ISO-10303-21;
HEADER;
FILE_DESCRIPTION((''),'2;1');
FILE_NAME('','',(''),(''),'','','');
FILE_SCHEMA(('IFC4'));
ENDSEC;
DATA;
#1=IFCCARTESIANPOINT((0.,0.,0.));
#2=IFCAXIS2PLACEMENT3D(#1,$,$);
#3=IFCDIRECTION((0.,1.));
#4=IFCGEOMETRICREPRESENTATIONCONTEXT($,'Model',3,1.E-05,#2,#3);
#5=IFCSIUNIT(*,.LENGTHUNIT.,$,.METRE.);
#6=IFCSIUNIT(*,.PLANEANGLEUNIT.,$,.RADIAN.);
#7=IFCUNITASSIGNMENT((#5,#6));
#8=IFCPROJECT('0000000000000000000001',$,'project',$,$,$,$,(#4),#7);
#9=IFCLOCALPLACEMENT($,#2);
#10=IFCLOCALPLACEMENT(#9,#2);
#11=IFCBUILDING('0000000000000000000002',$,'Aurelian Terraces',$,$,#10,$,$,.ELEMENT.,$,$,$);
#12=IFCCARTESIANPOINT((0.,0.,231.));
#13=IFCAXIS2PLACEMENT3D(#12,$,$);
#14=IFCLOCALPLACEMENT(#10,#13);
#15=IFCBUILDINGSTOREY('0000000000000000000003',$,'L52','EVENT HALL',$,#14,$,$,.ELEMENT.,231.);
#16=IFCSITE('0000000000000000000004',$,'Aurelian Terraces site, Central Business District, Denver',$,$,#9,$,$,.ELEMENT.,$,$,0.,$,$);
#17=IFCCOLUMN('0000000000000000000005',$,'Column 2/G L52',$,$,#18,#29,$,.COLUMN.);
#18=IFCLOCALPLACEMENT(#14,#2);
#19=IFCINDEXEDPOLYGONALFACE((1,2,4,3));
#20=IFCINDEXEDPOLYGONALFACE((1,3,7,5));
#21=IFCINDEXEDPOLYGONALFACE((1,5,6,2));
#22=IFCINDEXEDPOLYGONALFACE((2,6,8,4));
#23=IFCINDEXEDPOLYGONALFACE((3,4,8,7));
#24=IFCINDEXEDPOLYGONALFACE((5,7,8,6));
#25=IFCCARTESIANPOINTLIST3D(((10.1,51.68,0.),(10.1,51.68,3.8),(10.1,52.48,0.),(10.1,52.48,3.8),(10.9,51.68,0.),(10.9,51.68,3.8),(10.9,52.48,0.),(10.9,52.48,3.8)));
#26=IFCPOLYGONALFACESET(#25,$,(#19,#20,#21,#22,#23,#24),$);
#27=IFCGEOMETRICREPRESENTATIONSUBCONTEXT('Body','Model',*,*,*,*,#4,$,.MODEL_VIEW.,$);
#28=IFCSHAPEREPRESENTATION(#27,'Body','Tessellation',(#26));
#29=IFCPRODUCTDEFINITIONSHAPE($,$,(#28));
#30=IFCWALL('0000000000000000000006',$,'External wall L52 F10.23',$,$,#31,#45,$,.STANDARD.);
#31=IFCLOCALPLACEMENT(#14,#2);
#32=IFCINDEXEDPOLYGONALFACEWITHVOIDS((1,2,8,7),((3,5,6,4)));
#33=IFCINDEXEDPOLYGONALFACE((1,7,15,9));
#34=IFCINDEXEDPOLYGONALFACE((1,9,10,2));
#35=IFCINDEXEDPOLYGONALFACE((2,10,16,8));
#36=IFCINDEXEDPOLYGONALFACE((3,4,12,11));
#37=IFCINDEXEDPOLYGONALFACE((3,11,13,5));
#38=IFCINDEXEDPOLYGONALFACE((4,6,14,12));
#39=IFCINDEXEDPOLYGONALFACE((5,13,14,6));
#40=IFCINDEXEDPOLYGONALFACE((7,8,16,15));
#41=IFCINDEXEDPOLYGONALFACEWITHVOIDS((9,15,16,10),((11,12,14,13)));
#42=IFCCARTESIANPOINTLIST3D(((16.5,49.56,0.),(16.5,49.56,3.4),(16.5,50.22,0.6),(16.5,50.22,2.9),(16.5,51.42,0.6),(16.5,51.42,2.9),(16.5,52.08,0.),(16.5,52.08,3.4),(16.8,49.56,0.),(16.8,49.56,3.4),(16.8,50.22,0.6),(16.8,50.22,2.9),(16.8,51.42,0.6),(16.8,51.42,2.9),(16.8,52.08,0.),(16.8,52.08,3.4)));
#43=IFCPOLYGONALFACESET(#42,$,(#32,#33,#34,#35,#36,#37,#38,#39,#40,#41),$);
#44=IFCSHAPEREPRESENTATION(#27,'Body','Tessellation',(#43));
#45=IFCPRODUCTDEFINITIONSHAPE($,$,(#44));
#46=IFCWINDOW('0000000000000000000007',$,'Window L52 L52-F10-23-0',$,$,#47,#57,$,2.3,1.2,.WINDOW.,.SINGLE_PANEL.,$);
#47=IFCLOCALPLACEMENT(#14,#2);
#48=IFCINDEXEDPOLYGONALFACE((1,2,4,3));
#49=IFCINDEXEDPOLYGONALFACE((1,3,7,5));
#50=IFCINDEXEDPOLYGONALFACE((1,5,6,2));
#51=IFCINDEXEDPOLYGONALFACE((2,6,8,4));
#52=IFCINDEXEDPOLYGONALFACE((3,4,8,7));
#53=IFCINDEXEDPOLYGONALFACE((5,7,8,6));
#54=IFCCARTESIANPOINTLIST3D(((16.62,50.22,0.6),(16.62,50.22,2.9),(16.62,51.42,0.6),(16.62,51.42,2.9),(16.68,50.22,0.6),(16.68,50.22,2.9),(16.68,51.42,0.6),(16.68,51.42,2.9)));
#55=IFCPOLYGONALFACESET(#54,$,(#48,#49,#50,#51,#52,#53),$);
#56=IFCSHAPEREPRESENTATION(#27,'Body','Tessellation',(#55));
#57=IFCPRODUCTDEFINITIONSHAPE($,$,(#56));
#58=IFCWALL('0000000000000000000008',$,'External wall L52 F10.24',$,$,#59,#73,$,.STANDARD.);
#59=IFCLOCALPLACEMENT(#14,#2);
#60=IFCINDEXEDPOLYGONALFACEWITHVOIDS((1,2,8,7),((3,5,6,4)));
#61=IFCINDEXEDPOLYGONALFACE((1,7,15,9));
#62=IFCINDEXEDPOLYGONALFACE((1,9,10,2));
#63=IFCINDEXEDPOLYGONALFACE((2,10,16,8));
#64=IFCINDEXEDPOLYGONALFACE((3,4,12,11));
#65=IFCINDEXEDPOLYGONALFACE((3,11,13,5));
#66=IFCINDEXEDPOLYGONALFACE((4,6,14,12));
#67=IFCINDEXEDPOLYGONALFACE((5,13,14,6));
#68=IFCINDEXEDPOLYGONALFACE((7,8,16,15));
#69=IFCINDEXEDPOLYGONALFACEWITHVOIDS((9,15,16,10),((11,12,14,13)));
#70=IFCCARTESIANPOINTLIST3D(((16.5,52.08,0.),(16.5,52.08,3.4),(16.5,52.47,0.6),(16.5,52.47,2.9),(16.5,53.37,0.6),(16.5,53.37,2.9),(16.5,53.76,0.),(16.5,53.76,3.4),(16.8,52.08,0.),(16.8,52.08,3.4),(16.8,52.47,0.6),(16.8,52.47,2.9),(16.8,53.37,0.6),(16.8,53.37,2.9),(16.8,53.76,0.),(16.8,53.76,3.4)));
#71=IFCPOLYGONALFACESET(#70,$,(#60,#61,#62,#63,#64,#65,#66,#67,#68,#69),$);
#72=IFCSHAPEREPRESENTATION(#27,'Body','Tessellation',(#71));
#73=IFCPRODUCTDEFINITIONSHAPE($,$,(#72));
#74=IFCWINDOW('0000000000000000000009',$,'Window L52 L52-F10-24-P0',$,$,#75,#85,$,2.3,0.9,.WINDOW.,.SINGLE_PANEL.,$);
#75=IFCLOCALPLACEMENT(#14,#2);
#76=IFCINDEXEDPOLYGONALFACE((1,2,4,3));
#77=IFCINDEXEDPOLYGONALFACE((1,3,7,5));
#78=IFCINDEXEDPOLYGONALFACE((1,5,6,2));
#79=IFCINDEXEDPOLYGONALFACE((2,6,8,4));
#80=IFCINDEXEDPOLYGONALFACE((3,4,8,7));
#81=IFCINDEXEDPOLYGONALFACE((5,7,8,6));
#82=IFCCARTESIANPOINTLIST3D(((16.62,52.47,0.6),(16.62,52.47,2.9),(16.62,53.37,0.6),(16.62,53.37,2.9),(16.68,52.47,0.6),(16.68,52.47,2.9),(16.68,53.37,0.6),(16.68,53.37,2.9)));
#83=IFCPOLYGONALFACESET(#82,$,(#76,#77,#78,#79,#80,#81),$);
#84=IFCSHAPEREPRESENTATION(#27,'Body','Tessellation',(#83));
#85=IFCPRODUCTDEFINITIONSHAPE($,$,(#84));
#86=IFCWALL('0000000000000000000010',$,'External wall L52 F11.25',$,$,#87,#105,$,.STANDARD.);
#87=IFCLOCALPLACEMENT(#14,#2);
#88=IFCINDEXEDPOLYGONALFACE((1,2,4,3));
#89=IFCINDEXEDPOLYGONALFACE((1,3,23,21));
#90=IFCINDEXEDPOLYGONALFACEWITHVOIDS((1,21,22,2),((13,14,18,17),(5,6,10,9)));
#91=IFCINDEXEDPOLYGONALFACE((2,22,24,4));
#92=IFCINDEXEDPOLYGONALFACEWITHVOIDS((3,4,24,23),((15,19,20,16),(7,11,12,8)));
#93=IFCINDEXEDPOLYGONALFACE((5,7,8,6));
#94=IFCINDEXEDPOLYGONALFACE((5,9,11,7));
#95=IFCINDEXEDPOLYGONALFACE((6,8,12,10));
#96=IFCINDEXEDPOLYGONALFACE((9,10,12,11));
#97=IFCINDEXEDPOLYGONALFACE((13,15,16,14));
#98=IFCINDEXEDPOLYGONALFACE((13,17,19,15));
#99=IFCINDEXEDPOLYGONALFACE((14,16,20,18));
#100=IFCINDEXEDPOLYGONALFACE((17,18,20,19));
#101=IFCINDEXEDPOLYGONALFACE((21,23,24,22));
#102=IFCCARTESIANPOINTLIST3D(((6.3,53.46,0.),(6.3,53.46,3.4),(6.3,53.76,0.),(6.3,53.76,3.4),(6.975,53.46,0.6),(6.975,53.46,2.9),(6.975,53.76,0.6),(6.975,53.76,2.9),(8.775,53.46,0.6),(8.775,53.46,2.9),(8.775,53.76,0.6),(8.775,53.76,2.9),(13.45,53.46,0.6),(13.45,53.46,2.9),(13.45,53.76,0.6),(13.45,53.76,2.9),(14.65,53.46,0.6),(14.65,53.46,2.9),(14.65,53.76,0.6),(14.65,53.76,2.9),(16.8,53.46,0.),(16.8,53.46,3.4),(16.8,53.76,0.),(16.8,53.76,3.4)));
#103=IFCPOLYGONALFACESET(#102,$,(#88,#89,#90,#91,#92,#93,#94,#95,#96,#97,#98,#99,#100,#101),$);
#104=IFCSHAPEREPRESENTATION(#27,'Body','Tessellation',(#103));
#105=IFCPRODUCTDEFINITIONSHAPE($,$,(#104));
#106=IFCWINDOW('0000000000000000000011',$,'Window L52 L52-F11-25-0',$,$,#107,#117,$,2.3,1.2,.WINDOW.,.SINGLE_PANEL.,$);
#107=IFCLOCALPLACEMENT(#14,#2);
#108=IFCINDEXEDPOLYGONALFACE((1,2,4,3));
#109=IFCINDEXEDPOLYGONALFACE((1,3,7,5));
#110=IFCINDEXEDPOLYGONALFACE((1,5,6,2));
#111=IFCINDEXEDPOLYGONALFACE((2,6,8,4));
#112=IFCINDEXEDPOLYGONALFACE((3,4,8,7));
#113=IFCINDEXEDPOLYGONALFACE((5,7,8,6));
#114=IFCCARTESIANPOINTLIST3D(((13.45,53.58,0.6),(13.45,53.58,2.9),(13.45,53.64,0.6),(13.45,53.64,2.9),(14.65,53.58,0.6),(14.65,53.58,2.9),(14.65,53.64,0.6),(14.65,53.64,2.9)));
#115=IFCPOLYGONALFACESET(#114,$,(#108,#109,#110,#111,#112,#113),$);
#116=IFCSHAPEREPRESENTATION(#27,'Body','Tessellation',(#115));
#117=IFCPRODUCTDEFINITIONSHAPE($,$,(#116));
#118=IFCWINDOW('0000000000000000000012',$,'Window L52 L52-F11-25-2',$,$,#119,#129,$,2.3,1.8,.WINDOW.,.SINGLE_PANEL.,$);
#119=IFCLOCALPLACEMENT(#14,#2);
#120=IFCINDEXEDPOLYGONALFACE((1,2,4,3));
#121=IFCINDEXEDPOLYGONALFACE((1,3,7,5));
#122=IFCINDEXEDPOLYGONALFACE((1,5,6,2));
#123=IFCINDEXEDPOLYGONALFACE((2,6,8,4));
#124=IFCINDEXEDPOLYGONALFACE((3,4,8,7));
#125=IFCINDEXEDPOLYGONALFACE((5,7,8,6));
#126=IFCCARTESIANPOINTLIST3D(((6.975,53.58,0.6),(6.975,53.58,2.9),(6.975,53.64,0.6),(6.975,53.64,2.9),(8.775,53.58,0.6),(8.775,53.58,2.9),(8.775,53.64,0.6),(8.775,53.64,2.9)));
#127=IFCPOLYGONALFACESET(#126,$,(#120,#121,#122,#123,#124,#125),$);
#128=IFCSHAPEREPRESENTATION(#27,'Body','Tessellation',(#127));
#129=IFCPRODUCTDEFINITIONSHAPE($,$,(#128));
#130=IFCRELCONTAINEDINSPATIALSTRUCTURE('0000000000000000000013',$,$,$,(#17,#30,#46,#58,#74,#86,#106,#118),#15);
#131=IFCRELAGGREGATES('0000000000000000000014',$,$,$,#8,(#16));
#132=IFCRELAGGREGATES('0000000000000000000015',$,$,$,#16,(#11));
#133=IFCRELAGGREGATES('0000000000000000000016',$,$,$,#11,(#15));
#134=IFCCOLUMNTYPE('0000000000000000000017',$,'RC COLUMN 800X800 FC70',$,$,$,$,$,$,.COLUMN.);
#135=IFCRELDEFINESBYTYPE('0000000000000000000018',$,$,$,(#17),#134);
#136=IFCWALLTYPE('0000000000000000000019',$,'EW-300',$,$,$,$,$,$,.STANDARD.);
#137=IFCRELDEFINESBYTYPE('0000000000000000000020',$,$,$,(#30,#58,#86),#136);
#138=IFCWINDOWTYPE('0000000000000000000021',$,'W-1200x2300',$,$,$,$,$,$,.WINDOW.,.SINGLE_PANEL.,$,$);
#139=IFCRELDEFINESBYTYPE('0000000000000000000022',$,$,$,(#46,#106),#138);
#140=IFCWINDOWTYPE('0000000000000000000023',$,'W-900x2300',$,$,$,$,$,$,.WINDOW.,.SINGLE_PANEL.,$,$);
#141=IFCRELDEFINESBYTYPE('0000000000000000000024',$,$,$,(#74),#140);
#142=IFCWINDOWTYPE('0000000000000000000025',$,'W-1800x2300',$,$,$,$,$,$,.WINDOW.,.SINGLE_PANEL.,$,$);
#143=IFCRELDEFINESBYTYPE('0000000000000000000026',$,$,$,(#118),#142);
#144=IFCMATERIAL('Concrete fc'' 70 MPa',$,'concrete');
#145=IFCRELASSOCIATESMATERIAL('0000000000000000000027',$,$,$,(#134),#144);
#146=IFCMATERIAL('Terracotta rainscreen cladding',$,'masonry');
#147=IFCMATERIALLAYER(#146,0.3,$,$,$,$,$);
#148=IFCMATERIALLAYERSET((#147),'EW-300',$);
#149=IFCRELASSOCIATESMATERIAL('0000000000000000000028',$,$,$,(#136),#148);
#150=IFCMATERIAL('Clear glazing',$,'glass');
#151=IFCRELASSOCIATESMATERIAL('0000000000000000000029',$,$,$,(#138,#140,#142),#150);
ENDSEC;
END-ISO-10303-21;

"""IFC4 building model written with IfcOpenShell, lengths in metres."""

from ifc_helpers import new_model, si_unit, direction, frame, frame_2d, origin, origin_2d, place, context, subcontext, project, spatial, rectangle, extrude, source, transform, mapped, material, layer, layer_set, material_profile, profile_set, type_object, element, fill, save


model = new_model("IFC4")

# Units and contexts
model_context = context("Model", 3, precision=1e-05, world=origin(), true_north=direction((0.0, 1.0)))
body_context = subcontext(model_context, "Body", "Model", "MODEL_VIEW")
ifc_project = project(units=[si_unit("LENGTHUNIT", "METRE"), si_unit("PLANEANGLEUNIT", "RADIAN")], contexts=[model_context])

# Site, building, storey
site_placement = place(None, origin())
site = spatial("IfcSite", under=ifc_project, at=site_placement, Name="Aurelian Terraces site, Central Business District, Denver", CompositionType="ELEMENT", RefElevation=0.0)
building_placement = place(site_placement, origin())
building = spatial("IfcBuilding", under=site, at=building_placement, Name="Aurelian Terraces", CompositionType="ELEMENT")
storey_placement = place(building_placement, frame((0.0, 0.0, 231.0)))
storey = spatial("IfcBuildingStorey", under=building, at=storey_placement, Name="L52", Description="EVENT HALL", CompositionType="ELEMENT", Elevation=231.0)

# Column
ifc_material_1 = material(Name="Concrete fc' 70 MPa", Category="concrete")
ifc_material_profile = material_profile(ifc_material_1, rectangle(XDim=0.8, YDim=0.8, at=origin_2d()))
ifc_profile_set = profile_set([ifc_material_profile], Name="Concrete fc' 70 MPa")
column_type = type_object("IfcColumnType", Name="RC COLUMN 800X800 FC70", PredefinedType="COLUMN", material=ifc_profile_set)
shared_shape_1 = source(origin(), body_context, "Body", "SweptSolid", [
    extrude(rectangle(XDim=0.8, YDim=0.8, at=origin_2d()), origin(), (0.0, 0.0, 1.0), 3.8),
])
column_placement = place(storey_placement, frame((10.5, 52.08, 0.0), z_axis=(0.0, 0.0, 1.0), x_axis=(1.0, 0.0, 0.0)))
element("IfcColumn", 1, at=column_placement, inside=storey, type_object=column_type, Name="Column 2/G L52", PredefinedType="COLUMN", context=body_context, shape_type="MappedRepresentation", body=[
    mapped(shared_shape_1, transform((0.0, 0.0, 0.0), scale=1.0)),
])

# Walls, openings, windows
ifc_material_2 = material(Name="Terracotta rainscreen cladding", Category="masonry")
ifc_layer_1 = layer(ifc_material_2, 0.3)
ifc_layer_set_1 = layer_set([ifc_layer_1], Name="EW-300")
wall_type_1 = type_object("IfcWallType", Name="EW-300", PredefinedType="STANDARD", material=ifc_layer_set_1)
shared_shape_2 = source(origin(), body_context, "Body", "SweptSolid", [
    extrude(rectangle(XDim=2.52, YDim=0.3, at=frame_2d((1.26, 0.0))), origin(), (0.0, 0.0, 1.0), 3.4),
])
wall_1_placement = place(storey_placement, frame((16.65, 49.56, 0.0), z_axis=(0.0, 0.0, 1.0), x_axis=(0.0, 1.0, 0.0)))
wall_1 = element("IfcWall", 2, at=wall_1_placement, inside=storey, type_object=wall_type_1, Name="External wall L52 F10.23", PredefinedType="STANDARD", context=body_context, shape_type="MappedRepresentation", body=[
    mapped(shared_shape_2, transform((0.0, 0.0, 0.0), scale=1.0)),
])
shared_shape_3 = source(origin(), body_context, "Body", "SweptSolid", [
    extrude(rectangle(XDim=1.2, YDim=2.3, at=frame_2d((0.6, 1.15))), frame((0.0, 0.16, 0.0), z_axis=(0.0, -1.0, 0.0), x_axis=(1.0, 0.0, 0.0)), (0.0, 0.0, 1.0), 0.32),
])
opening_1_placement = place(wall_1_placement, frame((0.66, 0.0, 0.6)))
opening_1 = element("IfcOpeningElement", 3, at=opening_1_placement, cuts=wall_1, PredefinedType="OPENING", context=body_context, shape_type="MappedRepresentation", body=[
    mapped(shared_shape_3, transform((0.0, 0.0, 0.0), scale=1.0)),
])
ifc_material_3 = material(Name="Clear glazing", Category="glass")
window_type_1 = type_object("IfcWindowType", Name="W-1200x2300", PartitioningType="SINGLE_PANEL", PredefinedType="WINDOW", material=ifc_material_3)
shared_shape_4 = source(origin(), body_context, "Body", "SweptSolid", [
    extrude(rectangle(XDim=1.2, YDim=2.3, at=frame_2d((0.6, 1.15))), frame((0.0, 0.03, 0.0), z_axis=(0.0, -1.0, 0.0), x_axis=(1.0, 0.0, 0.0)), (0.0, 0.0, 1.0), 0.06),
])
window_1_placement = place(opening_1_placement, origin())
window_1 = element("IfcWindow", 4, at=window_1_placement, inside=storey, type_object=window_type_1, Name="Window L52 L52-F10-23-0", OverallHeight=2.3, OverallWidth=1.2, PartitioningType="SINGLE_PANEL", PredefinedType="WINDOW", context=body_context, shape_type="MappedRepresentation", body=[
    mapped(shared_shape_4, transform((0.0, 0.0, 0.0), scale=1.0)),
])
fill(opening_1, window_1)
shared_shape_5 = source(origin(), body_context, "Body", "SweptSolid", [
    extrude(rectangle(XDim=1.68, YDim=0.3, at=frame_2d((0.84, 0.0))), origin(), (0.0, 0.0, 1.0), 3.4),
])
wall_2_placement = place(storey_placement, frame((16.65, 52.08, 0.0), z_axis=(0.0, 0.0, 1.0), x_axis=(0.0, 1.0, 0.0)))
wall_2 = element("IfcWall", 5, at=wall_2_placement, inside=storey, type_object=wall_type_1, Name="External wall L52 F10.24", PredefinedType="STANDARD", context=body_context, shape_type="MappedRepresentation", body=[
    mapped(shared_shape_5, transform((0.0, 0.0, 0.0), scale=1.0)),
])
shared_shape_6 = source(origin(), body_context, "Body", "SweptSolid", [
    extrude(rectangle(XDim=0.9, YDim=2.3, at=frame_2d((0.45, 1.15))), frame((0.0, 0.16, 0.0), z_axis=(0.0, -1.0, 0.0), x_axis=(1.0, 0.0, 0.0)), (0.0, 0.0, 1.0), 0.32),
])
opening_2_placement = place(wall_2_placement, frame((0.39, 0.0, 0.6)))
opening_2 = element("IfcOpeningElement", 6, at=opening_2_placement, cuts=wall_2, PredefinedType="OPENING", context=body_context, shape_type="MappedRepresentation", body=[
    mapped(shared_shape_6, transform((0.0, 0.0, 0.0), scale=1.0)),
])
window_type_2 = type_object("IfcWindowType", Name="W-900x2300", PartitioningType="SINGLE_PANEL", PredefinedType="WINDOW", material=ifc_material_3)
shared_shape_7 = source(origin(), body_context, "Body", "SweptSolid", [
    extrude(rectangle(XDim=0.9, YDim=2.3, at=frame_2d((0.45, 1.15))), frame((0.0, 0.03, 0.0), z_axis=(0.0, -1.0, 0.0), x_axis=(1.0, 0.0, 0.0)), (0.0, 0.0, 1.0), 0.06),
])
window_2_placement = place(opening_2_placement, origin())
window_2 = element("IfcWindow", 7, at=window_2_placement, inside=storey, type_object=window_type_2, Name="Window L52 L52-F10-24-P0", OverallHeight=2.3, OverallWidth=0.9, PartitioningType="SINGLE_PANEL", PredefinedType="WINDOW", context=body_context, shape_type="MappedRepresentation", body=[
    mapped(shared_shape_7, transform((0.0, 0.0, 0.0), scale=1.0)),
])
fill(opening_2, window_2)

# Wall, openings, windows
shared_shape_8 = source(origin(), body_context, "Body", "SweptSolid", [
    extrude(rectangle(XDim=10.5, YDim=0.3, at=frame_2d((5.25, 0.0))), origin(), (0.0, 0.0, 1.0), 3.4),
])
wall_3_placement = place(storey_placement, frame((16.8, 53.61, 0.0), z_axis=(0.0, 0.0, 1.0), x_axis=(-1.0, 0.0, 0.0)))
wall_3 = element("IfcWall", 8, at=wall_3_placement, inside=storey, type_object=wall_type_1, Name="External wall L52 F11.25", PredefinedType="STANDARD", context=body_context, shape_type="MappedRepresentation", body=[
    mapped(shared_shape_8, transform((0.0, 0.0, 0.0), scale=1.0)),
])
opening_3_placement = place(wall_3_placement, frame((2.15, 0.0, 0.6)))
opening_3 = element("IfcOpeningElement", 9, at=opening_3_placement, cuts=wall_3, PredefinedType="OPENING", context=body_context, shape_type="MappedRepresentation", body=[
    mapped(shared_shape_3, transform((0.0, 0.0, 0.0), scale=1.0)),
])
shared_shape_9 = source(origin(), body_context, "Body", "SweptSolid", [
    extrude(rectangle(XDim=1.8, YDim=2.3, at=frame_2d((0.9, 1.15))), frame((0.0, 0.16, 0.0), z_axis=(0.0, -1.0, 0.0), x_axis=(1.0, 0.0, 0.0)), (0.0, 0.0, 1.0), 0.32),
])
opening_4_placement = place(wall_3_placement, frame((8.025, 0.0, 0.6)))
opening_4 = element("IfcOpeningElement", 10, at=opening_4_placement, cuts=wall_3, PredefinedType="OPENING", context=body_context, shape_type="MappedRepresentation", body=[
    mapped(shared_shape_9, transform((0.0, 0.0, 0.0), scale=1.0)),
])
window_3_placement = place(opening_3_placement, origin())
window_3 = element("IfcWindow", 11, at=window_3_placement, inside=storey, type_object=window_type_1, Name="Window L52 L52-F11-25-0", OverallHeight=2.3, OverallWidth=1.2, PartitioningType="SINGLE_PANEL", PredefinedType="WINDOW", context=body_context, shape_type="MappedRepresentation", body=[
    mapped(shared_shape_4, transform((0.0, 0.0, 0.0), scale=1.0)),
])
fill(opening_3, window_3)
window_type_3 = type_object("IfcWindowType", Name="W-1800x2300", PartitioningType="SINGLE_PANEL", PredefinedType="WINDOW", material=ifc_material_3)
shared_shape_10 = source(origin(), body_context, "Body", "SweptSolid", [
    extrude(rectangle(XDim=1.8, YDim=2.3, at=frame_2d((0.9, 1.15))), frame((0.0, 0.03, 0.0), z_axis=(0.0, -1.0, 0.0), x_axis=(1.0, 0.0, 0.0)), (0.0, 0.0, 1.0), 0.06),
])
window_4_placement = place(opening_4_placement, origin())
window_4 = element("IfcWindow", 12, at=window_4_placement, inside=storey, type_object=window_type_3, Name="Window L52 L52-F11-25-2", OverallHeight=2.3, OverallWidth=1.8, PartitioningType="SINGLE_PANEL", PredefinedType="WINDOW", context=body_context, shape_type="MappedRepresentation", body=[
    mapped(shared_shape_10, transform((0.0, 0.0, 0.0), scale=1.0)),
])
fill(opening_4, window_4)

save(model, "model.ifc")
